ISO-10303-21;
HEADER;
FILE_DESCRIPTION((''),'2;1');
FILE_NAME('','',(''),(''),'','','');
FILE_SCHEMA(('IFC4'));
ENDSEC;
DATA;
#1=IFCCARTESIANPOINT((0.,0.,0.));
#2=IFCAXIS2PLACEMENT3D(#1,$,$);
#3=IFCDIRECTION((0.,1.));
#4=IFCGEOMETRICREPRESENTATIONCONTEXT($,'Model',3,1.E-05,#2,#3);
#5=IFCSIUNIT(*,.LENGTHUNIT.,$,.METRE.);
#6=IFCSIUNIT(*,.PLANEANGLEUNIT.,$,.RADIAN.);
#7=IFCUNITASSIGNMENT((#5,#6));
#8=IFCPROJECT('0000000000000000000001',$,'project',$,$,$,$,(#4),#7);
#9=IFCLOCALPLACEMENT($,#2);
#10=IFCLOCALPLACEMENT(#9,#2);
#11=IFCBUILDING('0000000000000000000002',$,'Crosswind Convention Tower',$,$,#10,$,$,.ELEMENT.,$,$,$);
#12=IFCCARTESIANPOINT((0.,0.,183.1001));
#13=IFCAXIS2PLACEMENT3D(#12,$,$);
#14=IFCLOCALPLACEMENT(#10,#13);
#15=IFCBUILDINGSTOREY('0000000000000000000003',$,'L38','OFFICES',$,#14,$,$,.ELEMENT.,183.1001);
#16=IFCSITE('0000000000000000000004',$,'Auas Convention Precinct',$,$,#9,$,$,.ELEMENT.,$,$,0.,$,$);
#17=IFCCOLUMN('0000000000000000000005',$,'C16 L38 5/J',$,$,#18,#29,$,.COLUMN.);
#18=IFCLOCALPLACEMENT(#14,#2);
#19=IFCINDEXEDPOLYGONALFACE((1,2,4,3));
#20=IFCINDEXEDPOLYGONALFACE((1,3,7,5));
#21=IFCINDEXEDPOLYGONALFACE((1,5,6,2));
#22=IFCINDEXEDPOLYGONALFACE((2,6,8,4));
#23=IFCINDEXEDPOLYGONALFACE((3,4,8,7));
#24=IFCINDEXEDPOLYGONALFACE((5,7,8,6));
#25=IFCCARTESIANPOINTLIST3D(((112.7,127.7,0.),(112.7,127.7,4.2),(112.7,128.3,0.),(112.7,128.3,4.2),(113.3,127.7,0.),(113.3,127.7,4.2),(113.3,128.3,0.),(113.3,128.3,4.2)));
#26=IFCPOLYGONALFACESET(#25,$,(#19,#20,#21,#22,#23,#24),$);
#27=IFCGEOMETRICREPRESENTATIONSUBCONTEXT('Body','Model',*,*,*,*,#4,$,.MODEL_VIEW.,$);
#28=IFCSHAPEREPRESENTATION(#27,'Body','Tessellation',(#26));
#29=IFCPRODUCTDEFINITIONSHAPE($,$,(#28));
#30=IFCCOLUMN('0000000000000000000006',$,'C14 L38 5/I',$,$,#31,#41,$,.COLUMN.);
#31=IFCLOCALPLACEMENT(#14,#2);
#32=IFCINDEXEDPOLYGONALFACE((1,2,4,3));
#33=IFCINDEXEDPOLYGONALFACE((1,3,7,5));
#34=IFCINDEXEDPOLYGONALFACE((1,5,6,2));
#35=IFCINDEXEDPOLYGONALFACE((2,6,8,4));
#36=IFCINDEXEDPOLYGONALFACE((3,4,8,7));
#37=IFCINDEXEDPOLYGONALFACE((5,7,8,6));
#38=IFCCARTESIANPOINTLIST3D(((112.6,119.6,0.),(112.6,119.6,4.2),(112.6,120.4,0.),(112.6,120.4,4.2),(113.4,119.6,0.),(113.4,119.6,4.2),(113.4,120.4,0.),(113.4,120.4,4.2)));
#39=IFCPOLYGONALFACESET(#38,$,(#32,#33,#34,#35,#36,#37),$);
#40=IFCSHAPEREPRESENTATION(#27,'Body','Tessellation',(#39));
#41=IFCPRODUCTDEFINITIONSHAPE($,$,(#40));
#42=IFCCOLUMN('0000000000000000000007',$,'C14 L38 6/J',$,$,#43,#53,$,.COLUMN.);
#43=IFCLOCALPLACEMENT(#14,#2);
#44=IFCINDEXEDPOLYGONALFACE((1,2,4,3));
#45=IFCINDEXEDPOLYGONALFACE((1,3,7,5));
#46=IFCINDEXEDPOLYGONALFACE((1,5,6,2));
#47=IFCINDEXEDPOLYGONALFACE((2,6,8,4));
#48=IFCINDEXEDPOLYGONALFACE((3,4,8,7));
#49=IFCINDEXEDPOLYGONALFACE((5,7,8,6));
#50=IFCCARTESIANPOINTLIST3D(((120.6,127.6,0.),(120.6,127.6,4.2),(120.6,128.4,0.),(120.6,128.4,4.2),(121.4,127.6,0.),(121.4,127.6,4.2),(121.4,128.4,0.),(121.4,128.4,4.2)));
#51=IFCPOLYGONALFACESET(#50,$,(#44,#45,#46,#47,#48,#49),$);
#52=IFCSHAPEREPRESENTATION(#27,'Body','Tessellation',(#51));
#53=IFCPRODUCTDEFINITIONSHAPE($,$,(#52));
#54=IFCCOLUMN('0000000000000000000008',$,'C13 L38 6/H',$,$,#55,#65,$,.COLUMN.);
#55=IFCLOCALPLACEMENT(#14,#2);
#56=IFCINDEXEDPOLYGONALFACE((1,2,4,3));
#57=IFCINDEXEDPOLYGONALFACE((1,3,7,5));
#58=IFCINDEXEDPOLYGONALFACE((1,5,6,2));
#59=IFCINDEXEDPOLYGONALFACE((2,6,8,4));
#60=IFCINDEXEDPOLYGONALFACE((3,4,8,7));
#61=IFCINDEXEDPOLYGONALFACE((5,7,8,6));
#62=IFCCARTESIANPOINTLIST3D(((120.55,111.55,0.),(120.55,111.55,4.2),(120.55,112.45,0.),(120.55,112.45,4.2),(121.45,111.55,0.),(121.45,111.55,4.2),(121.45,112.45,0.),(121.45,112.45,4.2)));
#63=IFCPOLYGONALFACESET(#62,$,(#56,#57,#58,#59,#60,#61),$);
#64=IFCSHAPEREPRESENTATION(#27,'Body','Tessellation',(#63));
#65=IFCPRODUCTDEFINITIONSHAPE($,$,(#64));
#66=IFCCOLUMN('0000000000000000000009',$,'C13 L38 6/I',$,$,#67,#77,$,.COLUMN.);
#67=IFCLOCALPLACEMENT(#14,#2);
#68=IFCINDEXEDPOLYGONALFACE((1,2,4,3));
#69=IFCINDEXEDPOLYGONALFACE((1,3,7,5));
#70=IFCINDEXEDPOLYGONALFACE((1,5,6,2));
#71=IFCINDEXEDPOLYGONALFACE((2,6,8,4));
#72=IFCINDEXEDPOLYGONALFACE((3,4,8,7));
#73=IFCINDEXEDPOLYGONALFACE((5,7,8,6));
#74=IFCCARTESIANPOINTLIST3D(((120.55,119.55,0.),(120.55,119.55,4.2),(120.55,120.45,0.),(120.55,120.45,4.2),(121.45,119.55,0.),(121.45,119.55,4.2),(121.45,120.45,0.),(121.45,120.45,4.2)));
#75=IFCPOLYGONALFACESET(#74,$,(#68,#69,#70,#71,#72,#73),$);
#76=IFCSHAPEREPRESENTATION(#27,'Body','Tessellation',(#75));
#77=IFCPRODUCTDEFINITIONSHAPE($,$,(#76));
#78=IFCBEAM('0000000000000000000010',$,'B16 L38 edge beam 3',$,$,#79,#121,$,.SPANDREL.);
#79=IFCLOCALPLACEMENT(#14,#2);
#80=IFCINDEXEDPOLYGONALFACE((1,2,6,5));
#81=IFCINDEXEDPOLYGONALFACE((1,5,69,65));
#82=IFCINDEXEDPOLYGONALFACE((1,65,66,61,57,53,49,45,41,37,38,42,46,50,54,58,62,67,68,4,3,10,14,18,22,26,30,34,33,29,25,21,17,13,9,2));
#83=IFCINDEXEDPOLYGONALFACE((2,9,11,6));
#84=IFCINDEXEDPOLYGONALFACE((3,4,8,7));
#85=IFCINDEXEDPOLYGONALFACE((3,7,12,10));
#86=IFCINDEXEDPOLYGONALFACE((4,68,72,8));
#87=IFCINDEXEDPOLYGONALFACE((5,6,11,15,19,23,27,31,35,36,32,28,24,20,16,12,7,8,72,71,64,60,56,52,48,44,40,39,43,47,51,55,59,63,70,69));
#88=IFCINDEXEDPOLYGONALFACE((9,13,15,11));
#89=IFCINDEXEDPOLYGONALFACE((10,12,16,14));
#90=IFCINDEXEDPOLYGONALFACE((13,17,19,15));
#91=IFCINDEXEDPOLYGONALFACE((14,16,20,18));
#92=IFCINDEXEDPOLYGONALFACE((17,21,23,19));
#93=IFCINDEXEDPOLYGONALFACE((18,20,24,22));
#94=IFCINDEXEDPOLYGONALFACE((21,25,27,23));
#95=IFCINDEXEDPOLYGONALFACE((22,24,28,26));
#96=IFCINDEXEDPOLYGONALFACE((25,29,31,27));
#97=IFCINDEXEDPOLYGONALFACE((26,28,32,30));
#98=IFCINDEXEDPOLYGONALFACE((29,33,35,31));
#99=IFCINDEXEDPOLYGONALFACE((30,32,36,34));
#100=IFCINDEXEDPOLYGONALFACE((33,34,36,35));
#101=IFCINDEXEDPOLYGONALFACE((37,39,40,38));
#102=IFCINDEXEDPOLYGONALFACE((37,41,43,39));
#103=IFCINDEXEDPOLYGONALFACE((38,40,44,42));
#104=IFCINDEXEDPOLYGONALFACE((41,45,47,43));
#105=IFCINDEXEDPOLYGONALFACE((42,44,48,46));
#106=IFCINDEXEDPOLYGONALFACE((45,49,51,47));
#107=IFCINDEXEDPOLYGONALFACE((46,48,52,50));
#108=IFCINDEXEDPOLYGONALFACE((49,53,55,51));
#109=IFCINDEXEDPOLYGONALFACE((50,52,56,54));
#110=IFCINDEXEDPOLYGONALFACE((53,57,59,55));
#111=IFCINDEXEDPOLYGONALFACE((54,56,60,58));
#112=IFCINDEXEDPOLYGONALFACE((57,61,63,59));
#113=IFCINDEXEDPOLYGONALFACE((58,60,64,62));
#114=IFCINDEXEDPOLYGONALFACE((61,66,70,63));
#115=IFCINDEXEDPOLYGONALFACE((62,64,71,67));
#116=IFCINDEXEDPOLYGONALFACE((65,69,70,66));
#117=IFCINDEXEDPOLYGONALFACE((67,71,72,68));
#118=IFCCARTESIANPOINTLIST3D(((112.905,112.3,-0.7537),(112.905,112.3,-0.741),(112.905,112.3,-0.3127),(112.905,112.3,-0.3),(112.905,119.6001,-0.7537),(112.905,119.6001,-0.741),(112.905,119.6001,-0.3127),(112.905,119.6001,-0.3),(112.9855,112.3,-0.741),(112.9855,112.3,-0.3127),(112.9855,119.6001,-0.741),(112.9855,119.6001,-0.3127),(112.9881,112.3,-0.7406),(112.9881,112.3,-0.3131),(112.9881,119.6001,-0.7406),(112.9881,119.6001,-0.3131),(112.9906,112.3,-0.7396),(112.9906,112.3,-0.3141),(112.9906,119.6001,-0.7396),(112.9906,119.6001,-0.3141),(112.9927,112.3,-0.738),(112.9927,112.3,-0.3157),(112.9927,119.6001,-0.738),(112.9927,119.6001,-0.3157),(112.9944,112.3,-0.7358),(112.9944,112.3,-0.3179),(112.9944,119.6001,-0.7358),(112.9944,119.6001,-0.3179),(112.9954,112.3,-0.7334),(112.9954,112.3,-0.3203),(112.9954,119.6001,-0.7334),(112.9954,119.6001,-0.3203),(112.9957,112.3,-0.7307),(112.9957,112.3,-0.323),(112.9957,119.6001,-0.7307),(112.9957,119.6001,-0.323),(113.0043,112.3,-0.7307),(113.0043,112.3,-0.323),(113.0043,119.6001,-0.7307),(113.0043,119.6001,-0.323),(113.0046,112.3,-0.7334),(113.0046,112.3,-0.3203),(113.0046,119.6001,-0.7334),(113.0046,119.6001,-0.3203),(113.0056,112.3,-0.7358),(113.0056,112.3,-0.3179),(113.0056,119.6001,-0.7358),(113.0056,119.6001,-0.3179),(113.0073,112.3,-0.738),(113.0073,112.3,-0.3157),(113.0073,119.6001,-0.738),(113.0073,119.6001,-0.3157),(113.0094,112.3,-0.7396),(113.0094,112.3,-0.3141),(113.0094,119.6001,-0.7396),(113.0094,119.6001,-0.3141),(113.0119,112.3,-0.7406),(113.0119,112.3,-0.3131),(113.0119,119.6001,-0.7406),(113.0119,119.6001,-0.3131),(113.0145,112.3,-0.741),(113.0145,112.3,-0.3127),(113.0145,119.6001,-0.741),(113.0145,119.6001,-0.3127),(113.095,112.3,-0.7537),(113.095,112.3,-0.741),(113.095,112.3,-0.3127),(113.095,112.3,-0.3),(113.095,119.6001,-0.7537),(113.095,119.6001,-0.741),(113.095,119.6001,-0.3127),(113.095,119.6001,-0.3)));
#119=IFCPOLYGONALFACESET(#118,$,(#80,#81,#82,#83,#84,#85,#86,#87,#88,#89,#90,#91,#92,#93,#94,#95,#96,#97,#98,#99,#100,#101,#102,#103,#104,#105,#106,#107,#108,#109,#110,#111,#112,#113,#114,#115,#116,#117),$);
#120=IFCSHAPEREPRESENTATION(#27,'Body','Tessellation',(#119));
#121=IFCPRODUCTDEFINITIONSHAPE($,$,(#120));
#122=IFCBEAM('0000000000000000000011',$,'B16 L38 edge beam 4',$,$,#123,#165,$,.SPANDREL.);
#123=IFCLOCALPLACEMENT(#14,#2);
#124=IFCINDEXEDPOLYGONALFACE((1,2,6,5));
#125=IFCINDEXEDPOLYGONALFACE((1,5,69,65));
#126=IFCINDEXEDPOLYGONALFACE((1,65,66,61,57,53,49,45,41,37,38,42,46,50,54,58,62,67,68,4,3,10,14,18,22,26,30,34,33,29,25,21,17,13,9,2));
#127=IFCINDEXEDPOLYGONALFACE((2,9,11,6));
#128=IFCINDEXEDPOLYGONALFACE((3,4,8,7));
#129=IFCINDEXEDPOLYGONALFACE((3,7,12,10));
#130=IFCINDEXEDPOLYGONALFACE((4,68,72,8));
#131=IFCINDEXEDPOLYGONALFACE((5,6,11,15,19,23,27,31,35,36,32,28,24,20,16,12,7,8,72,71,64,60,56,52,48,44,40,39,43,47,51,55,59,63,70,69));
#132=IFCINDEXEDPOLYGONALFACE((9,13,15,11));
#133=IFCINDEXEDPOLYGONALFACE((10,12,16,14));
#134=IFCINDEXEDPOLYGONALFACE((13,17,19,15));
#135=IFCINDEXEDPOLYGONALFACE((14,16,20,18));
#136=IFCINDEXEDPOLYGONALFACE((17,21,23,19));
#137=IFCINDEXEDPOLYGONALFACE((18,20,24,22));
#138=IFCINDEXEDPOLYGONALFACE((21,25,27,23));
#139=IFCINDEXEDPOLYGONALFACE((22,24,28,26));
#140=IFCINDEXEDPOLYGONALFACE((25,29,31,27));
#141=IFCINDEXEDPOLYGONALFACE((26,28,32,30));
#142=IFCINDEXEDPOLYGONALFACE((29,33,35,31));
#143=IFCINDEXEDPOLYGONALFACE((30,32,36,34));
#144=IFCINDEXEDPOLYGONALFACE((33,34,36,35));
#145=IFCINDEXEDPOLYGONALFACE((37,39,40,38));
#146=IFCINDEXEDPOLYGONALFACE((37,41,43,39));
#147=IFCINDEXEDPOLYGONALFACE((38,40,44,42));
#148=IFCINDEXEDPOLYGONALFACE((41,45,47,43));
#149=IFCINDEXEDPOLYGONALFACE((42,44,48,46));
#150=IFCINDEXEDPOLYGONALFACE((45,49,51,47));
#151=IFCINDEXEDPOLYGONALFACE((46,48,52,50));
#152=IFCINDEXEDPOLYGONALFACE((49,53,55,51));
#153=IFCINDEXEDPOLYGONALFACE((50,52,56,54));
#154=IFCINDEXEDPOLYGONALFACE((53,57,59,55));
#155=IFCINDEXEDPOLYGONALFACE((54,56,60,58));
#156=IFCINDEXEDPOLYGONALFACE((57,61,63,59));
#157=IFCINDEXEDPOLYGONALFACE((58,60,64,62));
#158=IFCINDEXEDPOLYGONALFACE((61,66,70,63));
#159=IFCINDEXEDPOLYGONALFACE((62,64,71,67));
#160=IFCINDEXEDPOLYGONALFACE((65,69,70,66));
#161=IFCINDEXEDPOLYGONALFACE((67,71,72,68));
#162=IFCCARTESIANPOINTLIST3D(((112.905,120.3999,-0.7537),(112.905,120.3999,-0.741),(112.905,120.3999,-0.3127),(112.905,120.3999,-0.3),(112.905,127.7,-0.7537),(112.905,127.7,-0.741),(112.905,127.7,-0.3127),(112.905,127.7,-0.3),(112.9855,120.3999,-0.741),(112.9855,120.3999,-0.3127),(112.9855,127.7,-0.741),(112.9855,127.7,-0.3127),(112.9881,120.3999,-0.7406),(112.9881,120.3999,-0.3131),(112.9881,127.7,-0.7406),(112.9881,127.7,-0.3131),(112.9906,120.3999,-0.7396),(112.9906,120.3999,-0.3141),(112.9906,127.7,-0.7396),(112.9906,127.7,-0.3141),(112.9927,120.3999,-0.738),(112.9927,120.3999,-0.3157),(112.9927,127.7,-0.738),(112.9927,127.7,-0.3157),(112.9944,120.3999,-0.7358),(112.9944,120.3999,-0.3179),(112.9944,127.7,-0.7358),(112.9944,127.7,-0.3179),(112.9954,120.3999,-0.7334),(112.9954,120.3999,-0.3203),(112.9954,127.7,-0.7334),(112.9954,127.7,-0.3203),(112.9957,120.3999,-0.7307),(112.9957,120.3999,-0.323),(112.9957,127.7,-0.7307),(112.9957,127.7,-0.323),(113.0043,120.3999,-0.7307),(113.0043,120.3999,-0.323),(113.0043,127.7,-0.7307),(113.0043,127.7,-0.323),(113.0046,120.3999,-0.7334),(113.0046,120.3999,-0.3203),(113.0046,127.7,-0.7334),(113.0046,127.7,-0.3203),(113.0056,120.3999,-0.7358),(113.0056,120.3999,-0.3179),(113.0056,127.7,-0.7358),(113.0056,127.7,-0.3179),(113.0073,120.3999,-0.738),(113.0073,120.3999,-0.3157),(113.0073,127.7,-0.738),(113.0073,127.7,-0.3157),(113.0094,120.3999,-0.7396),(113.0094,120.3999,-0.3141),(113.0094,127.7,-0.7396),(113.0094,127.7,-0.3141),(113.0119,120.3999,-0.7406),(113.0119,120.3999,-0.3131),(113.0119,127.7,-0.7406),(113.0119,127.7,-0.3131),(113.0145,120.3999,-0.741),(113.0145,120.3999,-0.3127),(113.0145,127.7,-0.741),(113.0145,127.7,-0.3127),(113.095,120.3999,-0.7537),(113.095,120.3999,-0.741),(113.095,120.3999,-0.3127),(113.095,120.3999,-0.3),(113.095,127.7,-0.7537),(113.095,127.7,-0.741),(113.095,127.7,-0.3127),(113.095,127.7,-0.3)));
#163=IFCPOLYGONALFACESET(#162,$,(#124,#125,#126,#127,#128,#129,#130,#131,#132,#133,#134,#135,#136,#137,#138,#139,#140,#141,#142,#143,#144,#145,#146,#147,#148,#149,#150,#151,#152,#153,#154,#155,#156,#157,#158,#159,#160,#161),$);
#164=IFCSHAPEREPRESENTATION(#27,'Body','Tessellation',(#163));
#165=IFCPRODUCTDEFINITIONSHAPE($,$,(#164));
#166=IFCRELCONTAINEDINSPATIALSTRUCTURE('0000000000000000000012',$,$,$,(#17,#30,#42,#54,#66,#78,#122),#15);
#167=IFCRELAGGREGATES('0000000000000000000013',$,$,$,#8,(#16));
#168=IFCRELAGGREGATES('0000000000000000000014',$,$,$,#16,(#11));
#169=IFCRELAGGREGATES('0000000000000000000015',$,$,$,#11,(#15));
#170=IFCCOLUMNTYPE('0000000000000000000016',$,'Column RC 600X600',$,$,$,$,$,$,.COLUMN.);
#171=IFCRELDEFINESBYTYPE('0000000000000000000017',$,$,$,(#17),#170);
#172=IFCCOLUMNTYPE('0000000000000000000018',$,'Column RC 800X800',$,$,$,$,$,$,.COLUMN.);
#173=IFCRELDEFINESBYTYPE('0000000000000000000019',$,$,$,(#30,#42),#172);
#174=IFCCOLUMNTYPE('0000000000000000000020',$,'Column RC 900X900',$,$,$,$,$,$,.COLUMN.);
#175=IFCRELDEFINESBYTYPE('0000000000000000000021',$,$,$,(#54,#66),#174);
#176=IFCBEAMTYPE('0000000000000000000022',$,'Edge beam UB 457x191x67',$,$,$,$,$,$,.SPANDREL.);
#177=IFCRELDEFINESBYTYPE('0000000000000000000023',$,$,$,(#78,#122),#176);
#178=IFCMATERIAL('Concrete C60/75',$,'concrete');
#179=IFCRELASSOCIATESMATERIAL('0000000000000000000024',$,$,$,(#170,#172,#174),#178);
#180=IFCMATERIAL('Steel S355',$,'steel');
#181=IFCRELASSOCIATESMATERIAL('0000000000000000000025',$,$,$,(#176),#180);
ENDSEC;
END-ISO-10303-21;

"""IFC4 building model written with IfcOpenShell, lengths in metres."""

from ifc_helpers import new_model, si_unit, direction, frame, origin, origin_2d, place, context, subcontext, project, spatial, rectangle, i_section, extrude, material, material_profile, profile_set, type_object, element, save


model = new_model("IFC4")

# Units and contexts
model_context = context("Model", 3, precision=1e-05, world=origin(), true_north=direction((0.0, 1.0)))
body_context = subcontext(model_context, "Body", "Model", "MODEL_VIEW")
ifc_project = project(units=[si_unit("LENGTHUNIT", "METRE"), si_unit("PLANEANGLEUNIT", "RADIAN")], contexts=[model_context])

# Site, building, storey
site_placement = place(None, origin())
site = spatial("IfcSite", under=ifc_project, at=site_placement, Name="Auas Convention Precinct", CompositionType="ELEMENT", RefElevation=0.0)
building_placement = place(site_placement, origin())
building = spatial("IfcBuilding", under=site, at=building_placement, Name="Crosswind Convention Tower", CompositionType="ELEMENT")
storey_placement = place(building_placement, frame((0.0, 0.0, 183.1001)))
storey = spatial("IfcBuildingStorey", under=building, at=storey_placement, Name="L38", Description="OFFICES", CompositionType="ELEMENT", Elevation=183.1001)

# Columns
ifc_material_1 = material(Name="Concrete C60/75", Category="concrete")
ifc_material_profile_1 = material_profile(ifc_material_1, rectangle(XDim=0.6001, YDim=0.6001, at=origin_2d()), Name="RC 600X600")
ifc_profile_set_1 = profile_set([ifc_material_profile_1], Name="Concrete C60/75")
column_type_1 = type_object("IfcColumnType", Name="Column RC 600X600", PredefinedType="COLUMN", material=ifc_profile_set_1)
column_placement = place(storey_placement, frame((113.0, 128.0, 0.0), z_axis=(0.0, 0.0, 1.0), x_axis=(1.0, 0.0, 0.0)))
element("IfcColumn", 1, at=column_placement, inside=storey, type_object=column_type_1, Name="C16 L38 5/J", PredefinedType="COLUMN", context=body_context, shape_type="SweptSolid", body=[
    extrude(rectangle(XDim=0.6001, YDim=0.6001, at=origin_2d()), origin(), (0.0, 0.0, 1.0), 4.2),
])
ifc_material_profile_2 = material_profile(ifc_material_1, rectangle(XDim=0.8, YDim=0.8, at=origin_2d()), Name="RC 800X800")
ifc_profile_set_2 = profile_set([ifc_material_profile_2], Name="Concrete C60/75")
column_type_2 = type_object("IfcColumnType", Name="Column RC 800X800", PredefinedType="COLUMN", material=ifc_profile_set_2)
for number, where, z_axis, x_axis, name in (
    (2, (113.0, 120.0, 0.0), (0.0, 0.0, 1.0), (1.0, 0.0, 0.0), "C14 L38 5/I"),
    (3, (121.0, 128.0, 0.0), (0.0, 0.0, 1.0), (1.0, 0.0, 0.0), "C14 L38 6/J"),
):
    element("IfcColumn", number, at=place(storey_placement, frame(where, z_axis=z_axis, x_axis=x_axis)), inside=storey, type_object=column_type_2, Name=name, PredefinedType="COLUMN", context=body_context, shape_type="SweptSolid", body=[
        extrude(rectangle(XDim=0.8, YDim=0.8, at=origin_2d()), origin(), (0.0, 0.0, 1.0), 4.2),
    ])
ifc_material_profile_3 = material_profile(ifc_material_1, rectangle(XDim=0.8999, YDim=0.8999, at=origin_2d()), Name="RC 900X900")
ifc_profile_set_3 = profile_set([ifc_material_profile_3], Name="Concrete C60/75")
column_type_3 = type_object("IfcColumnType", Name="Column RC 900X900", PredefinedType="COLUMN", material=ifc_profile_set_3)
for number, where, z_axis, x_axis, name in (
    (4, (121.0, 112.0, 0.0), (0.0, 0.0, 1.0), (1.0, 0.0, 0.0), "C13 L38 6/H"),
    (5, (121.0, 120.0, 0.0), (0.0, 0.0, 1.0), (1.0, 0.0, 0.0), "C13 L38 6/I"),
):
    element("IfcColumn", number, at=place(storey_placement, frame(where, z_axis=z_axis, x_axis=x_axis)), inside=storey, type_object=column_type_3, Name=name, PredefinedType="COLUMN", context=body_context, shape_type="SweptSolid", body=[
        extrude(rectangle(XDim=0.8999, YDim=0.8999, at=origin_2d()), origin(), (0.0, 0.0, 1.0), 4.2),
    ])

# Beams
ifc_material_2 = material(Name="Steel S355", Category="steel")
ifc_material_profile_4 = material_profile(ifc_material_2, i_section(OverallWidth=0.1899, OverallDepth=0.4536, WebThickness=0.0085, FlangeThickness=0.0127, FilletRadius=0.0103, at=origin_2d()), Name="UB 457x191x67")
ifc_profile_set_4 = profile_set([ifc_material_profile_4], Name="Steel S355")
beam_type_1 = type_object("IfcBeamType", Name="Edge beam UB 457x191x67", PredefinedType="SPANDREL", material=ifc_profile_set_4)
for number, where, z_axis, x_axis, name in (
    (6, (113.0, 112.3, -0.5269), (0.0, 1.0, 0.0), (-1.0, 0.0, 0.0), "B16 L38 edge beam 3"),
    (7, (113.0, 120.3999, -0.5269), (0.0, 1.0, 0.0), (-1.0, 0.0, 0.0), "B16 L38 edge beam 4"),
):
    element("IfcBeam", number, at=place(storey_placement, frame(where, z_axis=z_axis, x_axis=x_axis)), inside=storey, type_object=beam_type_1, Name=name, PredefinedType="SPANDREL", context=body_context, shape_type="SweptSolid", body=[
        extrude(i_section(OverallWidth=0.1899, OverallDepth=0.4536, WebThickness=0.0085, FlangeThickness=0.0127, FilletRadius=0.0103, at=origin_2d()), origin(), (0.0, 0.0, 1.0), 7.3),
    ])

save(model, "model.ifc")
